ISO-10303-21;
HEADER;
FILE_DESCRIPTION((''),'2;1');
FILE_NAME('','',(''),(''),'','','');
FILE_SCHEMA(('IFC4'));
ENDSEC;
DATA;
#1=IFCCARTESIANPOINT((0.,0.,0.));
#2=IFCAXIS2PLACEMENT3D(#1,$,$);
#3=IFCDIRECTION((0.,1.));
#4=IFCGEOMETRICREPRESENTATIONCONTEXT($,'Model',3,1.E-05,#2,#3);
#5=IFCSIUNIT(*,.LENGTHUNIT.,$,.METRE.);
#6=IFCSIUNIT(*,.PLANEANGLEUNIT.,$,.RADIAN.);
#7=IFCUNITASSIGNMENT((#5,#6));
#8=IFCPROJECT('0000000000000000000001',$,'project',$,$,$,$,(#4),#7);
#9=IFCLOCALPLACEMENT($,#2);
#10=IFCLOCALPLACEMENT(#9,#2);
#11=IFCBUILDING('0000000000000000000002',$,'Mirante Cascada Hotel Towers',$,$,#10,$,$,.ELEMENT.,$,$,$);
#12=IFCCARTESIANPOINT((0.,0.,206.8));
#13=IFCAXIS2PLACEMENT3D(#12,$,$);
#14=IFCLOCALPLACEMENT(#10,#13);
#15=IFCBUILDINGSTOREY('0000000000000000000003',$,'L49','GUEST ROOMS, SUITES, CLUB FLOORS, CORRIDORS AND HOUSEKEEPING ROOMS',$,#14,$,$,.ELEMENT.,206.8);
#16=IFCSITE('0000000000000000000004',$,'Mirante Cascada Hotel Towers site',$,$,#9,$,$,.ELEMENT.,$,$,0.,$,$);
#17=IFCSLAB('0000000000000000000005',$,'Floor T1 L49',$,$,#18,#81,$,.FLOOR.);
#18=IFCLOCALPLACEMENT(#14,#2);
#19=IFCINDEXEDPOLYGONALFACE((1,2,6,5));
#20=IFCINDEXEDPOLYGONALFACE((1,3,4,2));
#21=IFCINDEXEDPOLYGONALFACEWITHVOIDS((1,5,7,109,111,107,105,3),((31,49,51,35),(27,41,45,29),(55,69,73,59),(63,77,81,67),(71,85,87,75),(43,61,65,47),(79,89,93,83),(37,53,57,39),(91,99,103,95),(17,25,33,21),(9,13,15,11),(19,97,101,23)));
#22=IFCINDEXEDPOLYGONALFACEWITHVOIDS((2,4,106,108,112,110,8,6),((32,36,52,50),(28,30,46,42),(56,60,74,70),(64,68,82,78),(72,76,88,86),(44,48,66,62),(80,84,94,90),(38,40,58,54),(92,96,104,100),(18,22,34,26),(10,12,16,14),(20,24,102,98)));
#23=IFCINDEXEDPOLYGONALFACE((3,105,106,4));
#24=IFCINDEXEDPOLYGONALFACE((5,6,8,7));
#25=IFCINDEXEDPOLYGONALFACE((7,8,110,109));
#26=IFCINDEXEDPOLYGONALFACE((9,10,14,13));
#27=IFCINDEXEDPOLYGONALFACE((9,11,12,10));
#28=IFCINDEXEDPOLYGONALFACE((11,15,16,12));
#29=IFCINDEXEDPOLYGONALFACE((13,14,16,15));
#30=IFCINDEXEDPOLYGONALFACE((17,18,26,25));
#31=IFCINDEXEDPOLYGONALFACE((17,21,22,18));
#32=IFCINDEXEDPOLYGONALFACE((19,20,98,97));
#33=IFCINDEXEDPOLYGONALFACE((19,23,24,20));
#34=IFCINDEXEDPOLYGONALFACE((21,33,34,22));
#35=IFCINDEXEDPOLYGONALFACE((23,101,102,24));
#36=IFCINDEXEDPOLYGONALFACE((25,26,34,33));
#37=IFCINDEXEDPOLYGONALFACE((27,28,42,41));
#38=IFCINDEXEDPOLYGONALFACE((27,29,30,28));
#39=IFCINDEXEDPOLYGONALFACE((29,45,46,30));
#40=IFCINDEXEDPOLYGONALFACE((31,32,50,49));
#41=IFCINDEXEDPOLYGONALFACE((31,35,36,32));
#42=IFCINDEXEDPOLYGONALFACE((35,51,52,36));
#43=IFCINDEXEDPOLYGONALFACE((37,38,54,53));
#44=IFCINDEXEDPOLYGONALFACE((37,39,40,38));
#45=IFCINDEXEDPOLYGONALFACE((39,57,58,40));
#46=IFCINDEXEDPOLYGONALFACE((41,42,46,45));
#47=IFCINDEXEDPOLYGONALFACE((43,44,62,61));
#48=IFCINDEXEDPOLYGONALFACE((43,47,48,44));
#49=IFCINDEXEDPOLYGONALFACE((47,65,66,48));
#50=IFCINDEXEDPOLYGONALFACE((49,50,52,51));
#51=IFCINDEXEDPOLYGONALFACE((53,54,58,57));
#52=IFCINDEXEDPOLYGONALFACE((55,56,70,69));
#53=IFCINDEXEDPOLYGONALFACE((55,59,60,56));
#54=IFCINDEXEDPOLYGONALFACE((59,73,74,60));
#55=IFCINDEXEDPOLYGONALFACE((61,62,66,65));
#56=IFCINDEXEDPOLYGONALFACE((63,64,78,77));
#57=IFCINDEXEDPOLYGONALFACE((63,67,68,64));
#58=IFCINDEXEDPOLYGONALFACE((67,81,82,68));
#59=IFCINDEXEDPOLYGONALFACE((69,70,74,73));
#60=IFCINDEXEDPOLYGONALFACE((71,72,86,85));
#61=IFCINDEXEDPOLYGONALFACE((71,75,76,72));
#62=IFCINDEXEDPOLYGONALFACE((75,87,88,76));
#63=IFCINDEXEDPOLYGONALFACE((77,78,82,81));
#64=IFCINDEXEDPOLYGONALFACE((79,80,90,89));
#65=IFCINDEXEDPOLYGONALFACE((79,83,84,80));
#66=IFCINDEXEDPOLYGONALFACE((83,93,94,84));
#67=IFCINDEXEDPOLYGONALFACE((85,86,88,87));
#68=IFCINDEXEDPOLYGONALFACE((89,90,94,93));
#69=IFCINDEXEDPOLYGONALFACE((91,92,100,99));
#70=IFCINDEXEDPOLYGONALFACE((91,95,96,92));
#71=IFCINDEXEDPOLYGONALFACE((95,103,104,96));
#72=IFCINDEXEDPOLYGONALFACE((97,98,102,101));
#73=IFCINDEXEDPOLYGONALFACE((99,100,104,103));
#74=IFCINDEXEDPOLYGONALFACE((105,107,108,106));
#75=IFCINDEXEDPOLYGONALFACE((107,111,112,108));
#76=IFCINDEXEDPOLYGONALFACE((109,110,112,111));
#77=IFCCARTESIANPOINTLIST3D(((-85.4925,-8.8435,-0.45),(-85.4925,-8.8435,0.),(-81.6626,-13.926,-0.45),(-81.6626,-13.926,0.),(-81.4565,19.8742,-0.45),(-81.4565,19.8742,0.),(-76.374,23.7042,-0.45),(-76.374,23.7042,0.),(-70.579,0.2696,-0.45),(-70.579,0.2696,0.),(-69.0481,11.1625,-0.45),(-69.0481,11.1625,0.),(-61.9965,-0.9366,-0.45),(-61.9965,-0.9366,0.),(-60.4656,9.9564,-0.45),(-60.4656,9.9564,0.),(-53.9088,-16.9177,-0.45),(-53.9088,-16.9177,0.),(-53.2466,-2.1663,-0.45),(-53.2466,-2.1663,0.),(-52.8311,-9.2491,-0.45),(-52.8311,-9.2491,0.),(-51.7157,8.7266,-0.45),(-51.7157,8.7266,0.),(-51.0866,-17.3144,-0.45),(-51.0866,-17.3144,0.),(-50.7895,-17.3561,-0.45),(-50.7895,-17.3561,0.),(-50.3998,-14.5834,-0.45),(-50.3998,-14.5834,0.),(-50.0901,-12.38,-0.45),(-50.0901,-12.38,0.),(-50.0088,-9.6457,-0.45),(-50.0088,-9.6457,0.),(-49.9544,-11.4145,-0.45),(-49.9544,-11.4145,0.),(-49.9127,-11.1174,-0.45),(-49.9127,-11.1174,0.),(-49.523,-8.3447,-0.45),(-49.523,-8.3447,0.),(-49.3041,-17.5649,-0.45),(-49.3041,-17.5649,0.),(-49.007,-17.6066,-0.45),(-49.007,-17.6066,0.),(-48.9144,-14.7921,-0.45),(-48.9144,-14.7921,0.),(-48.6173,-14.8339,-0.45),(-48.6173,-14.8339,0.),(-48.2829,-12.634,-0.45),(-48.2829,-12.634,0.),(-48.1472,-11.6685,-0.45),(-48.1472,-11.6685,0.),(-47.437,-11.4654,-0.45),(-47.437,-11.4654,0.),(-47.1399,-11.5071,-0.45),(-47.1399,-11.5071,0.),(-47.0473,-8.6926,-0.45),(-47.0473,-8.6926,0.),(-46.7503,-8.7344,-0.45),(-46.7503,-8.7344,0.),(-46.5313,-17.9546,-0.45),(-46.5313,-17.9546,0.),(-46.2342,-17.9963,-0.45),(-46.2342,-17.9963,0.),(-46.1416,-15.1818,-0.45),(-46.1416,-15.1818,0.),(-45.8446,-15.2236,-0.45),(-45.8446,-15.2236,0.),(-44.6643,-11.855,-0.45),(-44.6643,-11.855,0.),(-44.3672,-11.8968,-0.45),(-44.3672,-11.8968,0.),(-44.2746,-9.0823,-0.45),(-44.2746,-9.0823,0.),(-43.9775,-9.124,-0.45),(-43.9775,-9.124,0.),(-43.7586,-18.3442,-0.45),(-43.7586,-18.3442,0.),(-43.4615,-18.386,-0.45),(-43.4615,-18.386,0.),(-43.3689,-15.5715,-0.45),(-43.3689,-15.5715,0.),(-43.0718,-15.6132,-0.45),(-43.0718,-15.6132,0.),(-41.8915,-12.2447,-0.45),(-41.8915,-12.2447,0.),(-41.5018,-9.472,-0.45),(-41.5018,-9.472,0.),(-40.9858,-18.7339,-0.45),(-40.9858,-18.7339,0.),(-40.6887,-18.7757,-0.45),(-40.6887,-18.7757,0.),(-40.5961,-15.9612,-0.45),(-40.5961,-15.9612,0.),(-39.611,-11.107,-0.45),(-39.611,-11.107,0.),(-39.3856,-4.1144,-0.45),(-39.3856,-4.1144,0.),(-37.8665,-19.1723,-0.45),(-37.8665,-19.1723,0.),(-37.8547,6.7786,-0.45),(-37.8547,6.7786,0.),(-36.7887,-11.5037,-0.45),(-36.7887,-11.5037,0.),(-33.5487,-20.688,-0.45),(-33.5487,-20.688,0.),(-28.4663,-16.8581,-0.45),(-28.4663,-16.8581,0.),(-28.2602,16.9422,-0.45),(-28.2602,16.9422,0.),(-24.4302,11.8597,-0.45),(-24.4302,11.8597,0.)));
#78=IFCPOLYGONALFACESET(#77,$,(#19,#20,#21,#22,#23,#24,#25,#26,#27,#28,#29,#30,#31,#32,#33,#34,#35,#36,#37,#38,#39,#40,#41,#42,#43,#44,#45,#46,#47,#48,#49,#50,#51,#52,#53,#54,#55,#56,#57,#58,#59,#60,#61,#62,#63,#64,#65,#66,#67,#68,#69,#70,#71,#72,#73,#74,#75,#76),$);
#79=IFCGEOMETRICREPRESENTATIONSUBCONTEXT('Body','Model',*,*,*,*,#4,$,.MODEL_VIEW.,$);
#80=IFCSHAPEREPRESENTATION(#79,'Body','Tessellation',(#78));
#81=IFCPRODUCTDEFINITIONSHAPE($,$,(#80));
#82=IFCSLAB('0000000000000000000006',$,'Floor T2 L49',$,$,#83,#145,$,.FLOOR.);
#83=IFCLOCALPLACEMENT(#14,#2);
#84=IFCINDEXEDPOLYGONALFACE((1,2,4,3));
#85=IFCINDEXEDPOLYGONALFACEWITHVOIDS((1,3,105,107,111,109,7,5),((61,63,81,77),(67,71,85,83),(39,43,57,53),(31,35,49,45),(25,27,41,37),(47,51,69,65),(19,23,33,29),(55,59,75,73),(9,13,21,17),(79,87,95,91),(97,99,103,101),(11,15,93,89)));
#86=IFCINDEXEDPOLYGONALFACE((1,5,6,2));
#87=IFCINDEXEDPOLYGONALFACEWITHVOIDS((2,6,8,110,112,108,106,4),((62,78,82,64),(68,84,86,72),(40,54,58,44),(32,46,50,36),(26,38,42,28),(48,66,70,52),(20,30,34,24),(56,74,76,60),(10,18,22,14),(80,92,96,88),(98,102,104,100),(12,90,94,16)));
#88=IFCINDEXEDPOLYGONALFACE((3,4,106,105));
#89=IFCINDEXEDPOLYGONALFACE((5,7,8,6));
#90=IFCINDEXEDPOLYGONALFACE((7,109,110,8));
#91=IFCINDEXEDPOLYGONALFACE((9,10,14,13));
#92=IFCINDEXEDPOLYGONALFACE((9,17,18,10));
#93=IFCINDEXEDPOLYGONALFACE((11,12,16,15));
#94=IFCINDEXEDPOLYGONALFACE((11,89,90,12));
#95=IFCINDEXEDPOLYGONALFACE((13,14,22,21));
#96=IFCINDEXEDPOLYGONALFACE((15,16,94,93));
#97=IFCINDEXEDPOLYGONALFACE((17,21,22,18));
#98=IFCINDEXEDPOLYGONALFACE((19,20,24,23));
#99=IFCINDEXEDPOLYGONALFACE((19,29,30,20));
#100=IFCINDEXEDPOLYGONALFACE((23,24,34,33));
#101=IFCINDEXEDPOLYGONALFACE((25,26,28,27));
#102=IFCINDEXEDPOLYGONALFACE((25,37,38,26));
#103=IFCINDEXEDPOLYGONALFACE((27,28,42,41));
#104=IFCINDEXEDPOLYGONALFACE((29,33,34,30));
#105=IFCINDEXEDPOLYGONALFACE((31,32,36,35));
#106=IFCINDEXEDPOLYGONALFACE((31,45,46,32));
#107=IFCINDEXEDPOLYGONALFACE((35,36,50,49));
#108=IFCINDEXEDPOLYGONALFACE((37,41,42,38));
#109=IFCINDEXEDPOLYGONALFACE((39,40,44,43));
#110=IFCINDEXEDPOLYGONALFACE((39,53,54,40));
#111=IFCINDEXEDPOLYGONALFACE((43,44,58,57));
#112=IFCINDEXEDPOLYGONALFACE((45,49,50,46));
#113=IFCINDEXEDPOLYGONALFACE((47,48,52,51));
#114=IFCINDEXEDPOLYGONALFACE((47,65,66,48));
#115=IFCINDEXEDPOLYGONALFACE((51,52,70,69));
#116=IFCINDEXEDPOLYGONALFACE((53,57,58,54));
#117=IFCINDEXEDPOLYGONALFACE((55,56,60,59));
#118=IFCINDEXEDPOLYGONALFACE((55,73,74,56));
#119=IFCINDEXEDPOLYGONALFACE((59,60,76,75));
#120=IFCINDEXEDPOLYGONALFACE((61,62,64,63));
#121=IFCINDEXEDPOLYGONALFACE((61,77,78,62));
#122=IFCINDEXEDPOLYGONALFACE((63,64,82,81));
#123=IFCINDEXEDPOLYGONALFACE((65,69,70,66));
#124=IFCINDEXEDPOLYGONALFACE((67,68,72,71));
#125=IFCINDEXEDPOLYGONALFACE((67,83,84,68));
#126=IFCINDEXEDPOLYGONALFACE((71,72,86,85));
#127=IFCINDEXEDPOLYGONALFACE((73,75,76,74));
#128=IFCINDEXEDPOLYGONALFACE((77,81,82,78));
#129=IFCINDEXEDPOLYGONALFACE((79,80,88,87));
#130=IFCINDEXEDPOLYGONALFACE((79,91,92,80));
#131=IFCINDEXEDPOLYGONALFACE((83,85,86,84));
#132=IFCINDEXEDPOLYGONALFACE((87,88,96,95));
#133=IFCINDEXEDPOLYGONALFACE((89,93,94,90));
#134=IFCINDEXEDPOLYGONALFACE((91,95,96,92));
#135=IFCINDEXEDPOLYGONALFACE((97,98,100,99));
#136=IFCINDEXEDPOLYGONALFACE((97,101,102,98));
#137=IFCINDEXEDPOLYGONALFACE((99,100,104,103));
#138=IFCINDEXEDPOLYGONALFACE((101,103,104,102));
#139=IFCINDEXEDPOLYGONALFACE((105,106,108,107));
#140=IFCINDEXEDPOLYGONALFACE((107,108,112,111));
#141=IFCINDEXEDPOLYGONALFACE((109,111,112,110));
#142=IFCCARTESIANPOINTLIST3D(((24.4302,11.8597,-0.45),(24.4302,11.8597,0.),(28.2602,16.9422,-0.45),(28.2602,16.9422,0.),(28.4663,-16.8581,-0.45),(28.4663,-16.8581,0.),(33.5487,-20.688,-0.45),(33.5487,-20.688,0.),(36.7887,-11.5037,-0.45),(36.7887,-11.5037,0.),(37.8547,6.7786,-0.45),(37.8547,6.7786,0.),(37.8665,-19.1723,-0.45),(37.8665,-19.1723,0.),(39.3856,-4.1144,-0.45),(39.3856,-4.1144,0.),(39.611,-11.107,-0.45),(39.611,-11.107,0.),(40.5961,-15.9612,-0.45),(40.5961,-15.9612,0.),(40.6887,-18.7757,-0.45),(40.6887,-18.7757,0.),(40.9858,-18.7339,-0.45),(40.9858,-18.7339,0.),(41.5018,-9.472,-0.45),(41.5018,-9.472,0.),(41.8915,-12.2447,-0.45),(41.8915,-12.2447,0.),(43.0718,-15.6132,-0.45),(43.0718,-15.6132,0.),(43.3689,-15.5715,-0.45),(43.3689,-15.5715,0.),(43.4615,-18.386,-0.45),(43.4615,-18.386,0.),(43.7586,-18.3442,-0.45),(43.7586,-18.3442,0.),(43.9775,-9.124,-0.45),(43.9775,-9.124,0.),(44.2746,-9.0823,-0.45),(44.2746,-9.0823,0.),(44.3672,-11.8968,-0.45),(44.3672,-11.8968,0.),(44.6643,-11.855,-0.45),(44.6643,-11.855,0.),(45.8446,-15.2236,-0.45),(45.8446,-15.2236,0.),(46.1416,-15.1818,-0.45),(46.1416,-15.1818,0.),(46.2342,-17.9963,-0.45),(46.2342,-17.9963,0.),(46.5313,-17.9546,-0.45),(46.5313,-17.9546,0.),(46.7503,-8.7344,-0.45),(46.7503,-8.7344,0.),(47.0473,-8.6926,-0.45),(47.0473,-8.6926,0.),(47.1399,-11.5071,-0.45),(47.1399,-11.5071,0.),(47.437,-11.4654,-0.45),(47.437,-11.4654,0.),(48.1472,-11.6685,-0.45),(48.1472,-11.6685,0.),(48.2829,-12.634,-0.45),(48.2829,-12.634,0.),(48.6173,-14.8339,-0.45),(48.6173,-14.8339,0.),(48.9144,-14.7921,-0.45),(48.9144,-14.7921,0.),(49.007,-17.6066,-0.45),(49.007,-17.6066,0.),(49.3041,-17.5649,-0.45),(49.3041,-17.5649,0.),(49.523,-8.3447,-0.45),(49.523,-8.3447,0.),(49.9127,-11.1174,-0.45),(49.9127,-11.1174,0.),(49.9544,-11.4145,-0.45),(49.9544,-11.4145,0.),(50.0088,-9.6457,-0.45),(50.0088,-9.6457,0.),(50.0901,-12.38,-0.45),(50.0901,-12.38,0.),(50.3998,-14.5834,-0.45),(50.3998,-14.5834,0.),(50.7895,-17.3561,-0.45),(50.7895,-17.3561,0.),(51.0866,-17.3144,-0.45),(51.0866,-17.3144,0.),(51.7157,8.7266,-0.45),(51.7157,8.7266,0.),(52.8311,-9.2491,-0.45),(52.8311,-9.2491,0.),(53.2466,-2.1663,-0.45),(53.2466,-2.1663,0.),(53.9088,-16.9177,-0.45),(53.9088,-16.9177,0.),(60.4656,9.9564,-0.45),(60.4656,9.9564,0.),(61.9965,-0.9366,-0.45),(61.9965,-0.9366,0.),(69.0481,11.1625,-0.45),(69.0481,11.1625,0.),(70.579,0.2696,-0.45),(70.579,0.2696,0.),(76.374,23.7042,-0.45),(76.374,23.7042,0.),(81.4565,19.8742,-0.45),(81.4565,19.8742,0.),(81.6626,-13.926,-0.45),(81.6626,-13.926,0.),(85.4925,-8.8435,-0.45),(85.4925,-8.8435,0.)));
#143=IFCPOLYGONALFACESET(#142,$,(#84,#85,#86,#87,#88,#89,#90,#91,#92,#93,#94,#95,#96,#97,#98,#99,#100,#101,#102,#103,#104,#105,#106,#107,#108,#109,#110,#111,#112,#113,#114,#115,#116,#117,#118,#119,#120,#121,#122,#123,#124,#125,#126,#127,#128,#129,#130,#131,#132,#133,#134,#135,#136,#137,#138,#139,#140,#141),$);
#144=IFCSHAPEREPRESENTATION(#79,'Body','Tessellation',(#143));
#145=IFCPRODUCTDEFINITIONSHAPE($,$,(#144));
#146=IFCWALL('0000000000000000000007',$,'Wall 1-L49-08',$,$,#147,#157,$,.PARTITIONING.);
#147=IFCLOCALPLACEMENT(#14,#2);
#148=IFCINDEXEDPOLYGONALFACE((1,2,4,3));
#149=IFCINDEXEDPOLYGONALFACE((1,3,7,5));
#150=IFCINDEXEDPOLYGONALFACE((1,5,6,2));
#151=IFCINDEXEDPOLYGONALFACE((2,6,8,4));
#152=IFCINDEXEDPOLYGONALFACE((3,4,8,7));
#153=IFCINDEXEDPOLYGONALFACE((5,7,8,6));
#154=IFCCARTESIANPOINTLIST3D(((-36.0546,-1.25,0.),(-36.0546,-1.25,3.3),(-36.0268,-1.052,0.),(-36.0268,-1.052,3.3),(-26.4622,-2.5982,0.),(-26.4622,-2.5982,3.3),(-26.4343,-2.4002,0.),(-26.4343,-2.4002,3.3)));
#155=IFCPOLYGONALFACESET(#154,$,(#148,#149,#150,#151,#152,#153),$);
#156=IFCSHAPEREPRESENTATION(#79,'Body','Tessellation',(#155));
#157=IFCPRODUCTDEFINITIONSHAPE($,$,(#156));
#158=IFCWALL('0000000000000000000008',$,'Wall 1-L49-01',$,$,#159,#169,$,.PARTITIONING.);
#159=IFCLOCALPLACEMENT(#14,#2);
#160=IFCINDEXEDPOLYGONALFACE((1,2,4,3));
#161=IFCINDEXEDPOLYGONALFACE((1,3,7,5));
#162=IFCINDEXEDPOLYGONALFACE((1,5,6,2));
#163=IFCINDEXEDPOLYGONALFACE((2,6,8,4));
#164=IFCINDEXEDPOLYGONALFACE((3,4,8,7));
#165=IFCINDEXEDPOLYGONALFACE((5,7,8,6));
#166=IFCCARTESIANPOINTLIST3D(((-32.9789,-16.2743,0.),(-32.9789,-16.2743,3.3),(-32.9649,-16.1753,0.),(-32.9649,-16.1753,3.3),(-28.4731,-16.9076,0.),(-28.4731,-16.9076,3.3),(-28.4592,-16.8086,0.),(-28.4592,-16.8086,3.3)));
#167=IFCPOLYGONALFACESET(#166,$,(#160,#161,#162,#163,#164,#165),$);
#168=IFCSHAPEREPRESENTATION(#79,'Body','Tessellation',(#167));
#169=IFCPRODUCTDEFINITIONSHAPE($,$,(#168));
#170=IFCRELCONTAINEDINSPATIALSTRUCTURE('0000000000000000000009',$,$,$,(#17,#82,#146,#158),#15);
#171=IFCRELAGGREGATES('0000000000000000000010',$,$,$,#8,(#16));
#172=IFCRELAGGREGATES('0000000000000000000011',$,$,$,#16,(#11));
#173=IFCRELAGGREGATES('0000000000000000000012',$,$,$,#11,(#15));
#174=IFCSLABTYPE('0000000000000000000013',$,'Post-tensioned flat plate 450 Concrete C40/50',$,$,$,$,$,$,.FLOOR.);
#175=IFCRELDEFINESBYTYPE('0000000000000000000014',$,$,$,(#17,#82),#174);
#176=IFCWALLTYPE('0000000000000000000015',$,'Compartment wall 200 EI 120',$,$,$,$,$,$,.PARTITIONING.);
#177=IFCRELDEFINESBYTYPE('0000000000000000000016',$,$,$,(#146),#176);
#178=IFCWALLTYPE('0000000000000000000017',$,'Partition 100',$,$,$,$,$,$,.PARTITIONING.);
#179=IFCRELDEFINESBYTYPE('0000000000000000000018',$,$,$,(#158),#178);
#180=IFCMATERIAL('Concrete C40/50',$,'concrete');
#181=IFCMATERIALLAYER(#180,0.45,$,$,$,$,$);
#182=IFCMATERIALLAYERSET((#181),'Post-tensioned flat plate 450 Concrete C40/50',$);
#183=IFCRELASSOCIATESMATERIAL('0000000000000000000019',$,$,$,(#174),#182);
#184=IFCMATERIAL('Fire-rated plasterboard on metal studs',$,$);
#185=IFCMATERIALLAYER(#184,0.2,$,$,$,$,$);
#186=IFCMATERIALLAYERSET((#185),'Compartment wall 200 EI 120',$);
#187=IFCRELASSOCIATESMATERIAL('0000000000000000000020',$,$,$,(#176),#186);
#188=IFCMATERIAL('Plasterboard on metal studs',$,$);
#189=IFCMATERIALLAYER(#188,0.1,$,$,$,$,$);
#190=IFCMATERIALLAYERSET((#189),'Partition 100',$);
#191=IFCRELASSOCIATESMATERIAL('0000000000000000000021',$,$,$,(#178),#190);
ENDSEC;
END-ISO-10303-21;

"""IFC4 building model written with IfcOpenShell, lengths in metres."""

from ifc_helpers import new_model, si_unit, direction, frame, frame_2d, origin, place, context, subcontext, project, spatial, polyline, rectangle, outline, extrude, material, layer, layer_set, type_object, element, save


model = new_model("IFC4")

# Units and contexts
model_context = context("Model", 3, precision=1e-05, world=origin(), true_north=direction((0.0, 1.0)))
body_context = subcontext(model_context, "Body", "Model", "MODEL_VIEW")
ifc_project = project(units=[si_unit("LENGTHUNIT", "METRE"), si_unit("PLANEANGLEUNIT", "RADIAN")], contexts=[model_context])

# Site, building, storey
site_placement = place(None, origin())
site = spatial("IfcSite", under=ifc_project, at=site_placement, Name="Mirante Cascada Hotel Towers site", CompositionType="ELEMENT", RefElevation=0.0)
building_placement = place(site_placement, origin())
building = spatial("IfcBuilding", under=site, at=building_placement, Name="Mirante Cascada Hotel Towers", CompositionType="ELEMENT")
storey_placement = place(building_placement, frame((0.0, 0.0, 206.8)))
storey = spatial("IfcBuildingStorey", under=building, at=storey_placement, Name="L49", Description="GUEST ROOMS, SUITES, CLUB FLOORS, CORRIDORS AND HOUSEKEEPING ROOMS", CompositionType="ELEMENT", Elevation=206.8)

# Slabs
ifc_material_1 = material(Name="Concrete C40/50", Category="concrete")
ifc_layer_1 = layer(ifc_material_1, 0.45)
ifc_layer_set_1 = layer_set([ifc_layer_1], Name="Post-tensioned flat plate 450 Concrete C40/50")
slab_type = type_object("IfcSlabType", Name="Post-tensioned flat plate 450 Concrete C40/50", PredefinedType="FLOOR", material=ifc_layer_set_1)
slab_1_placement = place(storey_placement, frame((0.0, 0.0, -0.45)))
element("IfcSlab", 1, at=slab_1_placement, inside=storey, type_object=slab_type, Name="Floor T1 L49", PredefinedType="FLOOR", context=body_context, shape_type="SweptSolid", body=[
    extrude(outline(polyline([(-28.4663, -16.8581), (-24.4302, 11.8597), (-28.2602, 16.9422), (-76.374, 23.7042), (-81.4565, 19.8742), (-85.4925, -8.8435), (-81.6626, -13.926), (-33.5487, -20.688), (-28.4663, -16.8581)]), holes=[polyline([(-40.5961, -15.9612), (-40.9858, -18.7339), (-43.4615, -18.386), (-43.0718, -15.6132), (-40.5961, -15.9612)]), polyline([(-43.3689, -15.5715), (-43.7586, -18.3442), (-46.2342, -17.9963), (-45.8446, -15.2236), (-43.3689, -15.5715)]), polyline([(-46.1416, -15.1818), (-46.5313, -17.9546), (-49.007, -17.6066), (-48.6173, -14.8339), (-46.1416, -15.1818)]), polyline([(-36.7887, -11.5037), (-37.8665, -19.1723), (-40.6887, -18.7757), (-39.611, -11.107), (-36.7887, -11.5037)]), polyline([(-43.9775, -9.124), (-41.5018, -9.472), (-41.8915, -12.2447), (-44.3672, -11.8968), (-43.9775, -9.124)]), polyline([(-44.2746, -9.0823), (-44.6643, -11.855), (-47.1399, -11.5071), (-46.7503, -8.7344), (-44.2746, -9.0823)]), polyline([(-50.3998, -14.5834), (-48.9144, -14.7921), (-49.3041, -17.5649), (-50.7895, -17.3561), (-50.3998, -14.5834)]), polyline([(-50.0088, -9.6457), (-51.0866, -17.3144), (-53.9088, -16.9177), (-52.8311, -9.2491), (-50.0088, -9.6457)]), polyline([(-48.1472, -11.6685), (-48.2829, -12.634), (-50.0901, -12.38), (-49.9544, -11.4145), (-48.1472, -11.6685)]), polyline([(-49.523, -8.3447), (-47.0473, -8.6926), (-47.437, -11.4654), (-49.9127, -11.1174), (-49.523, -8.3447)]), polyline([(-60.4656, 9.9564), (-60.4656, 9.9564), (-61.9965, -0.9366), (-61.9965, -0.9366), (-70.579, 0.2696), (-69.0481, 11.1625), (-60.4656, 9.9564)]), polyline([(-37.8547, 6.7786), (-39.3856, -4.1144), (-53.2466, -2.1663), (-53.2466, -2.1663), (-51.7157, 8.7266), (-37.8547, 6.7786)])]), origin(), (0.0, 0.0, 1.0), 0.45),
])
slab_2_placement = place(storey_placement, frame((0.0, 0.0, -0.45)))
element("IfcSlab", 2, at=slab_2_placement, inside=storey, type_object=slab_type, Name="Floor T2 L49", PredefinedType="FLOOR", context=body_context, shape_type="SweptSolid", body=[
    extrude(outline(polyline([(28.4663, -16.8581), (24.4302, 11.8597), (28.2602, 16.9422), (76.374, 23.7042), (81.4565, 19.8742), (85.4925, -8.8435), (81.6626, -13.926), (33.5487, -20.688), (28.4663, -16.8581)]), holes=[polyline([(40.5961, -15.9612), (40.9858, -18.7339), (43.4615, -18.386), (43.0718, -15.6132), (40.5961, -15.9612)]), polyline([(43.3689, -15.5715), (43.7586, -18.3442), (46.2342, -17.9963), (45.8446, -15.2236), (43.3689, -15.5715)]), polyline([(46.1416, -15.1818), (46.5313, -17.9546), (49.007, -17.6066), (48.6173, -14.8339), (46.1416, -15.1818)]), polyline([(37.8665, -19.1723), (40.6887, -18.7757), (39.611, -11.107), (36.7887, -11.5037), (37.8665, -19.1723)]), polyline([(43.9775, -9.124), (41.5018, -9.472), (41.8915, -12.2447), (44.3672, -11.8968), (43.9775, -9.124)]), polyline([(44.2746, -9.0823), (44.6643, -11.855), (47.1399, -11.5071), (46.7503, -8.7344), (44.2746, -9.0823)]), polyline([(50.3998, -14.5834), (48.9144, -14.7921), (49.3041, -17.5649), (50.7895, -17.3561), (50.3998, -14.5834)]), polyline([(51.0866, -17.3144), (53.9088, -16.9177), (52.8311, -9.2491), (50.0088, -9.6457), (51.0866, -17.3144)]), polyline([(48.1472, -11.6685), (48.2829, -12.634), (50.0901, -12.38), (49.9544, -11.4145), (48.1472, -11.6685)]), polyline([(49.523, -8.3447), (47.0473, -8.6926), (47.437, -11.4654), (49.9127, -11.1174), (49.523, -8.3447)]), polyline([(69.0481, 11.1625), (70.579, 0.2696), (61.9965, -0.9366), (61.9965, -0.9366), (60.4656, 9.9564), (60.4656, 9.9564), (69.0481, 11.1625)]), polyline([(39.3856, -4.1144), (37.8547, 6.7786), (51.7157, 8.7266), (53.2466, -2.1663), (53.2466, -2.1663), (39.3856, -4.1144)])]), origin(), (0.0, 0.0, 1.0), 0.45),
])

# Walls
ifc_material_2 = material(Name="Fire-rated plasterboard on metal studs")
ifc_layer_2 = layer(ifc_material_2, 0.2)
ifc_layer_set_2 = layer_set([ifc_layer_2], Name="Compartment wall 200 EI 120")
wall_type_1 = type_object("IfcWallType", Name="Compartment wall 200 EI 120", PredefinedType="PARTITIONING", material=ifc_layer_set_2)
wall_1_placement = place(storey_placement, frame((-26.4482, -2.4992, 0.0), z_axis=(0.0, 0.0, 1.0), x_axis=(-0.990267, 0.139181, 0.0)))
element("IfcWall", 3, at=wall_1_placement, inside=storey, type_object=wall_type_1, Name="Wall 1-L49-08", PredefinedType="PARTITIONING", context=body_context, shape_type="SweptSolid", body=[
    extrude(rectangle(XDim=9.6867, YDim=0.2, at=frame_2d((4.8434, 0.0))), origin(), (0.0, 0.0, 1.0), 3.3),
])
ifc_material_3 = material(Name="Plasterboard on metal studs")
ifc_layer_3 = layer(ifc_material_3, 0.1)
ifc_layer_set_3 = layer_set([ifc_layer_3], Name="Partition 100")
wall_type_2 = type_object("IfcWallType", Name="Partition 100", PredefinedType="PARTITIONING", material=ifc_layer_set_3)
wall_2_placement = place(storey_placement, frame((-32.9719, -16.2248, 0.0), z_axis=(0.0, 0.0, 1.0), x_axis=(0.990266, -0.139187, 0.0)))
element("IfcWall", 4, at=wall_2_placement, inside=storey, type_object=wall_type_2, Name="Wall 1-L49-01", PredefinedType="PARTITIONING", context=body_context, shape_type="SweptSolid", body=[
    extrude(rectangle(XDim=4.55, YDim=0.1, at=frame_2d((2.275, 0.0))), origin(), (0.0, 0.0, 1.0), 3.3),
])

save(model, "model.ifc")
